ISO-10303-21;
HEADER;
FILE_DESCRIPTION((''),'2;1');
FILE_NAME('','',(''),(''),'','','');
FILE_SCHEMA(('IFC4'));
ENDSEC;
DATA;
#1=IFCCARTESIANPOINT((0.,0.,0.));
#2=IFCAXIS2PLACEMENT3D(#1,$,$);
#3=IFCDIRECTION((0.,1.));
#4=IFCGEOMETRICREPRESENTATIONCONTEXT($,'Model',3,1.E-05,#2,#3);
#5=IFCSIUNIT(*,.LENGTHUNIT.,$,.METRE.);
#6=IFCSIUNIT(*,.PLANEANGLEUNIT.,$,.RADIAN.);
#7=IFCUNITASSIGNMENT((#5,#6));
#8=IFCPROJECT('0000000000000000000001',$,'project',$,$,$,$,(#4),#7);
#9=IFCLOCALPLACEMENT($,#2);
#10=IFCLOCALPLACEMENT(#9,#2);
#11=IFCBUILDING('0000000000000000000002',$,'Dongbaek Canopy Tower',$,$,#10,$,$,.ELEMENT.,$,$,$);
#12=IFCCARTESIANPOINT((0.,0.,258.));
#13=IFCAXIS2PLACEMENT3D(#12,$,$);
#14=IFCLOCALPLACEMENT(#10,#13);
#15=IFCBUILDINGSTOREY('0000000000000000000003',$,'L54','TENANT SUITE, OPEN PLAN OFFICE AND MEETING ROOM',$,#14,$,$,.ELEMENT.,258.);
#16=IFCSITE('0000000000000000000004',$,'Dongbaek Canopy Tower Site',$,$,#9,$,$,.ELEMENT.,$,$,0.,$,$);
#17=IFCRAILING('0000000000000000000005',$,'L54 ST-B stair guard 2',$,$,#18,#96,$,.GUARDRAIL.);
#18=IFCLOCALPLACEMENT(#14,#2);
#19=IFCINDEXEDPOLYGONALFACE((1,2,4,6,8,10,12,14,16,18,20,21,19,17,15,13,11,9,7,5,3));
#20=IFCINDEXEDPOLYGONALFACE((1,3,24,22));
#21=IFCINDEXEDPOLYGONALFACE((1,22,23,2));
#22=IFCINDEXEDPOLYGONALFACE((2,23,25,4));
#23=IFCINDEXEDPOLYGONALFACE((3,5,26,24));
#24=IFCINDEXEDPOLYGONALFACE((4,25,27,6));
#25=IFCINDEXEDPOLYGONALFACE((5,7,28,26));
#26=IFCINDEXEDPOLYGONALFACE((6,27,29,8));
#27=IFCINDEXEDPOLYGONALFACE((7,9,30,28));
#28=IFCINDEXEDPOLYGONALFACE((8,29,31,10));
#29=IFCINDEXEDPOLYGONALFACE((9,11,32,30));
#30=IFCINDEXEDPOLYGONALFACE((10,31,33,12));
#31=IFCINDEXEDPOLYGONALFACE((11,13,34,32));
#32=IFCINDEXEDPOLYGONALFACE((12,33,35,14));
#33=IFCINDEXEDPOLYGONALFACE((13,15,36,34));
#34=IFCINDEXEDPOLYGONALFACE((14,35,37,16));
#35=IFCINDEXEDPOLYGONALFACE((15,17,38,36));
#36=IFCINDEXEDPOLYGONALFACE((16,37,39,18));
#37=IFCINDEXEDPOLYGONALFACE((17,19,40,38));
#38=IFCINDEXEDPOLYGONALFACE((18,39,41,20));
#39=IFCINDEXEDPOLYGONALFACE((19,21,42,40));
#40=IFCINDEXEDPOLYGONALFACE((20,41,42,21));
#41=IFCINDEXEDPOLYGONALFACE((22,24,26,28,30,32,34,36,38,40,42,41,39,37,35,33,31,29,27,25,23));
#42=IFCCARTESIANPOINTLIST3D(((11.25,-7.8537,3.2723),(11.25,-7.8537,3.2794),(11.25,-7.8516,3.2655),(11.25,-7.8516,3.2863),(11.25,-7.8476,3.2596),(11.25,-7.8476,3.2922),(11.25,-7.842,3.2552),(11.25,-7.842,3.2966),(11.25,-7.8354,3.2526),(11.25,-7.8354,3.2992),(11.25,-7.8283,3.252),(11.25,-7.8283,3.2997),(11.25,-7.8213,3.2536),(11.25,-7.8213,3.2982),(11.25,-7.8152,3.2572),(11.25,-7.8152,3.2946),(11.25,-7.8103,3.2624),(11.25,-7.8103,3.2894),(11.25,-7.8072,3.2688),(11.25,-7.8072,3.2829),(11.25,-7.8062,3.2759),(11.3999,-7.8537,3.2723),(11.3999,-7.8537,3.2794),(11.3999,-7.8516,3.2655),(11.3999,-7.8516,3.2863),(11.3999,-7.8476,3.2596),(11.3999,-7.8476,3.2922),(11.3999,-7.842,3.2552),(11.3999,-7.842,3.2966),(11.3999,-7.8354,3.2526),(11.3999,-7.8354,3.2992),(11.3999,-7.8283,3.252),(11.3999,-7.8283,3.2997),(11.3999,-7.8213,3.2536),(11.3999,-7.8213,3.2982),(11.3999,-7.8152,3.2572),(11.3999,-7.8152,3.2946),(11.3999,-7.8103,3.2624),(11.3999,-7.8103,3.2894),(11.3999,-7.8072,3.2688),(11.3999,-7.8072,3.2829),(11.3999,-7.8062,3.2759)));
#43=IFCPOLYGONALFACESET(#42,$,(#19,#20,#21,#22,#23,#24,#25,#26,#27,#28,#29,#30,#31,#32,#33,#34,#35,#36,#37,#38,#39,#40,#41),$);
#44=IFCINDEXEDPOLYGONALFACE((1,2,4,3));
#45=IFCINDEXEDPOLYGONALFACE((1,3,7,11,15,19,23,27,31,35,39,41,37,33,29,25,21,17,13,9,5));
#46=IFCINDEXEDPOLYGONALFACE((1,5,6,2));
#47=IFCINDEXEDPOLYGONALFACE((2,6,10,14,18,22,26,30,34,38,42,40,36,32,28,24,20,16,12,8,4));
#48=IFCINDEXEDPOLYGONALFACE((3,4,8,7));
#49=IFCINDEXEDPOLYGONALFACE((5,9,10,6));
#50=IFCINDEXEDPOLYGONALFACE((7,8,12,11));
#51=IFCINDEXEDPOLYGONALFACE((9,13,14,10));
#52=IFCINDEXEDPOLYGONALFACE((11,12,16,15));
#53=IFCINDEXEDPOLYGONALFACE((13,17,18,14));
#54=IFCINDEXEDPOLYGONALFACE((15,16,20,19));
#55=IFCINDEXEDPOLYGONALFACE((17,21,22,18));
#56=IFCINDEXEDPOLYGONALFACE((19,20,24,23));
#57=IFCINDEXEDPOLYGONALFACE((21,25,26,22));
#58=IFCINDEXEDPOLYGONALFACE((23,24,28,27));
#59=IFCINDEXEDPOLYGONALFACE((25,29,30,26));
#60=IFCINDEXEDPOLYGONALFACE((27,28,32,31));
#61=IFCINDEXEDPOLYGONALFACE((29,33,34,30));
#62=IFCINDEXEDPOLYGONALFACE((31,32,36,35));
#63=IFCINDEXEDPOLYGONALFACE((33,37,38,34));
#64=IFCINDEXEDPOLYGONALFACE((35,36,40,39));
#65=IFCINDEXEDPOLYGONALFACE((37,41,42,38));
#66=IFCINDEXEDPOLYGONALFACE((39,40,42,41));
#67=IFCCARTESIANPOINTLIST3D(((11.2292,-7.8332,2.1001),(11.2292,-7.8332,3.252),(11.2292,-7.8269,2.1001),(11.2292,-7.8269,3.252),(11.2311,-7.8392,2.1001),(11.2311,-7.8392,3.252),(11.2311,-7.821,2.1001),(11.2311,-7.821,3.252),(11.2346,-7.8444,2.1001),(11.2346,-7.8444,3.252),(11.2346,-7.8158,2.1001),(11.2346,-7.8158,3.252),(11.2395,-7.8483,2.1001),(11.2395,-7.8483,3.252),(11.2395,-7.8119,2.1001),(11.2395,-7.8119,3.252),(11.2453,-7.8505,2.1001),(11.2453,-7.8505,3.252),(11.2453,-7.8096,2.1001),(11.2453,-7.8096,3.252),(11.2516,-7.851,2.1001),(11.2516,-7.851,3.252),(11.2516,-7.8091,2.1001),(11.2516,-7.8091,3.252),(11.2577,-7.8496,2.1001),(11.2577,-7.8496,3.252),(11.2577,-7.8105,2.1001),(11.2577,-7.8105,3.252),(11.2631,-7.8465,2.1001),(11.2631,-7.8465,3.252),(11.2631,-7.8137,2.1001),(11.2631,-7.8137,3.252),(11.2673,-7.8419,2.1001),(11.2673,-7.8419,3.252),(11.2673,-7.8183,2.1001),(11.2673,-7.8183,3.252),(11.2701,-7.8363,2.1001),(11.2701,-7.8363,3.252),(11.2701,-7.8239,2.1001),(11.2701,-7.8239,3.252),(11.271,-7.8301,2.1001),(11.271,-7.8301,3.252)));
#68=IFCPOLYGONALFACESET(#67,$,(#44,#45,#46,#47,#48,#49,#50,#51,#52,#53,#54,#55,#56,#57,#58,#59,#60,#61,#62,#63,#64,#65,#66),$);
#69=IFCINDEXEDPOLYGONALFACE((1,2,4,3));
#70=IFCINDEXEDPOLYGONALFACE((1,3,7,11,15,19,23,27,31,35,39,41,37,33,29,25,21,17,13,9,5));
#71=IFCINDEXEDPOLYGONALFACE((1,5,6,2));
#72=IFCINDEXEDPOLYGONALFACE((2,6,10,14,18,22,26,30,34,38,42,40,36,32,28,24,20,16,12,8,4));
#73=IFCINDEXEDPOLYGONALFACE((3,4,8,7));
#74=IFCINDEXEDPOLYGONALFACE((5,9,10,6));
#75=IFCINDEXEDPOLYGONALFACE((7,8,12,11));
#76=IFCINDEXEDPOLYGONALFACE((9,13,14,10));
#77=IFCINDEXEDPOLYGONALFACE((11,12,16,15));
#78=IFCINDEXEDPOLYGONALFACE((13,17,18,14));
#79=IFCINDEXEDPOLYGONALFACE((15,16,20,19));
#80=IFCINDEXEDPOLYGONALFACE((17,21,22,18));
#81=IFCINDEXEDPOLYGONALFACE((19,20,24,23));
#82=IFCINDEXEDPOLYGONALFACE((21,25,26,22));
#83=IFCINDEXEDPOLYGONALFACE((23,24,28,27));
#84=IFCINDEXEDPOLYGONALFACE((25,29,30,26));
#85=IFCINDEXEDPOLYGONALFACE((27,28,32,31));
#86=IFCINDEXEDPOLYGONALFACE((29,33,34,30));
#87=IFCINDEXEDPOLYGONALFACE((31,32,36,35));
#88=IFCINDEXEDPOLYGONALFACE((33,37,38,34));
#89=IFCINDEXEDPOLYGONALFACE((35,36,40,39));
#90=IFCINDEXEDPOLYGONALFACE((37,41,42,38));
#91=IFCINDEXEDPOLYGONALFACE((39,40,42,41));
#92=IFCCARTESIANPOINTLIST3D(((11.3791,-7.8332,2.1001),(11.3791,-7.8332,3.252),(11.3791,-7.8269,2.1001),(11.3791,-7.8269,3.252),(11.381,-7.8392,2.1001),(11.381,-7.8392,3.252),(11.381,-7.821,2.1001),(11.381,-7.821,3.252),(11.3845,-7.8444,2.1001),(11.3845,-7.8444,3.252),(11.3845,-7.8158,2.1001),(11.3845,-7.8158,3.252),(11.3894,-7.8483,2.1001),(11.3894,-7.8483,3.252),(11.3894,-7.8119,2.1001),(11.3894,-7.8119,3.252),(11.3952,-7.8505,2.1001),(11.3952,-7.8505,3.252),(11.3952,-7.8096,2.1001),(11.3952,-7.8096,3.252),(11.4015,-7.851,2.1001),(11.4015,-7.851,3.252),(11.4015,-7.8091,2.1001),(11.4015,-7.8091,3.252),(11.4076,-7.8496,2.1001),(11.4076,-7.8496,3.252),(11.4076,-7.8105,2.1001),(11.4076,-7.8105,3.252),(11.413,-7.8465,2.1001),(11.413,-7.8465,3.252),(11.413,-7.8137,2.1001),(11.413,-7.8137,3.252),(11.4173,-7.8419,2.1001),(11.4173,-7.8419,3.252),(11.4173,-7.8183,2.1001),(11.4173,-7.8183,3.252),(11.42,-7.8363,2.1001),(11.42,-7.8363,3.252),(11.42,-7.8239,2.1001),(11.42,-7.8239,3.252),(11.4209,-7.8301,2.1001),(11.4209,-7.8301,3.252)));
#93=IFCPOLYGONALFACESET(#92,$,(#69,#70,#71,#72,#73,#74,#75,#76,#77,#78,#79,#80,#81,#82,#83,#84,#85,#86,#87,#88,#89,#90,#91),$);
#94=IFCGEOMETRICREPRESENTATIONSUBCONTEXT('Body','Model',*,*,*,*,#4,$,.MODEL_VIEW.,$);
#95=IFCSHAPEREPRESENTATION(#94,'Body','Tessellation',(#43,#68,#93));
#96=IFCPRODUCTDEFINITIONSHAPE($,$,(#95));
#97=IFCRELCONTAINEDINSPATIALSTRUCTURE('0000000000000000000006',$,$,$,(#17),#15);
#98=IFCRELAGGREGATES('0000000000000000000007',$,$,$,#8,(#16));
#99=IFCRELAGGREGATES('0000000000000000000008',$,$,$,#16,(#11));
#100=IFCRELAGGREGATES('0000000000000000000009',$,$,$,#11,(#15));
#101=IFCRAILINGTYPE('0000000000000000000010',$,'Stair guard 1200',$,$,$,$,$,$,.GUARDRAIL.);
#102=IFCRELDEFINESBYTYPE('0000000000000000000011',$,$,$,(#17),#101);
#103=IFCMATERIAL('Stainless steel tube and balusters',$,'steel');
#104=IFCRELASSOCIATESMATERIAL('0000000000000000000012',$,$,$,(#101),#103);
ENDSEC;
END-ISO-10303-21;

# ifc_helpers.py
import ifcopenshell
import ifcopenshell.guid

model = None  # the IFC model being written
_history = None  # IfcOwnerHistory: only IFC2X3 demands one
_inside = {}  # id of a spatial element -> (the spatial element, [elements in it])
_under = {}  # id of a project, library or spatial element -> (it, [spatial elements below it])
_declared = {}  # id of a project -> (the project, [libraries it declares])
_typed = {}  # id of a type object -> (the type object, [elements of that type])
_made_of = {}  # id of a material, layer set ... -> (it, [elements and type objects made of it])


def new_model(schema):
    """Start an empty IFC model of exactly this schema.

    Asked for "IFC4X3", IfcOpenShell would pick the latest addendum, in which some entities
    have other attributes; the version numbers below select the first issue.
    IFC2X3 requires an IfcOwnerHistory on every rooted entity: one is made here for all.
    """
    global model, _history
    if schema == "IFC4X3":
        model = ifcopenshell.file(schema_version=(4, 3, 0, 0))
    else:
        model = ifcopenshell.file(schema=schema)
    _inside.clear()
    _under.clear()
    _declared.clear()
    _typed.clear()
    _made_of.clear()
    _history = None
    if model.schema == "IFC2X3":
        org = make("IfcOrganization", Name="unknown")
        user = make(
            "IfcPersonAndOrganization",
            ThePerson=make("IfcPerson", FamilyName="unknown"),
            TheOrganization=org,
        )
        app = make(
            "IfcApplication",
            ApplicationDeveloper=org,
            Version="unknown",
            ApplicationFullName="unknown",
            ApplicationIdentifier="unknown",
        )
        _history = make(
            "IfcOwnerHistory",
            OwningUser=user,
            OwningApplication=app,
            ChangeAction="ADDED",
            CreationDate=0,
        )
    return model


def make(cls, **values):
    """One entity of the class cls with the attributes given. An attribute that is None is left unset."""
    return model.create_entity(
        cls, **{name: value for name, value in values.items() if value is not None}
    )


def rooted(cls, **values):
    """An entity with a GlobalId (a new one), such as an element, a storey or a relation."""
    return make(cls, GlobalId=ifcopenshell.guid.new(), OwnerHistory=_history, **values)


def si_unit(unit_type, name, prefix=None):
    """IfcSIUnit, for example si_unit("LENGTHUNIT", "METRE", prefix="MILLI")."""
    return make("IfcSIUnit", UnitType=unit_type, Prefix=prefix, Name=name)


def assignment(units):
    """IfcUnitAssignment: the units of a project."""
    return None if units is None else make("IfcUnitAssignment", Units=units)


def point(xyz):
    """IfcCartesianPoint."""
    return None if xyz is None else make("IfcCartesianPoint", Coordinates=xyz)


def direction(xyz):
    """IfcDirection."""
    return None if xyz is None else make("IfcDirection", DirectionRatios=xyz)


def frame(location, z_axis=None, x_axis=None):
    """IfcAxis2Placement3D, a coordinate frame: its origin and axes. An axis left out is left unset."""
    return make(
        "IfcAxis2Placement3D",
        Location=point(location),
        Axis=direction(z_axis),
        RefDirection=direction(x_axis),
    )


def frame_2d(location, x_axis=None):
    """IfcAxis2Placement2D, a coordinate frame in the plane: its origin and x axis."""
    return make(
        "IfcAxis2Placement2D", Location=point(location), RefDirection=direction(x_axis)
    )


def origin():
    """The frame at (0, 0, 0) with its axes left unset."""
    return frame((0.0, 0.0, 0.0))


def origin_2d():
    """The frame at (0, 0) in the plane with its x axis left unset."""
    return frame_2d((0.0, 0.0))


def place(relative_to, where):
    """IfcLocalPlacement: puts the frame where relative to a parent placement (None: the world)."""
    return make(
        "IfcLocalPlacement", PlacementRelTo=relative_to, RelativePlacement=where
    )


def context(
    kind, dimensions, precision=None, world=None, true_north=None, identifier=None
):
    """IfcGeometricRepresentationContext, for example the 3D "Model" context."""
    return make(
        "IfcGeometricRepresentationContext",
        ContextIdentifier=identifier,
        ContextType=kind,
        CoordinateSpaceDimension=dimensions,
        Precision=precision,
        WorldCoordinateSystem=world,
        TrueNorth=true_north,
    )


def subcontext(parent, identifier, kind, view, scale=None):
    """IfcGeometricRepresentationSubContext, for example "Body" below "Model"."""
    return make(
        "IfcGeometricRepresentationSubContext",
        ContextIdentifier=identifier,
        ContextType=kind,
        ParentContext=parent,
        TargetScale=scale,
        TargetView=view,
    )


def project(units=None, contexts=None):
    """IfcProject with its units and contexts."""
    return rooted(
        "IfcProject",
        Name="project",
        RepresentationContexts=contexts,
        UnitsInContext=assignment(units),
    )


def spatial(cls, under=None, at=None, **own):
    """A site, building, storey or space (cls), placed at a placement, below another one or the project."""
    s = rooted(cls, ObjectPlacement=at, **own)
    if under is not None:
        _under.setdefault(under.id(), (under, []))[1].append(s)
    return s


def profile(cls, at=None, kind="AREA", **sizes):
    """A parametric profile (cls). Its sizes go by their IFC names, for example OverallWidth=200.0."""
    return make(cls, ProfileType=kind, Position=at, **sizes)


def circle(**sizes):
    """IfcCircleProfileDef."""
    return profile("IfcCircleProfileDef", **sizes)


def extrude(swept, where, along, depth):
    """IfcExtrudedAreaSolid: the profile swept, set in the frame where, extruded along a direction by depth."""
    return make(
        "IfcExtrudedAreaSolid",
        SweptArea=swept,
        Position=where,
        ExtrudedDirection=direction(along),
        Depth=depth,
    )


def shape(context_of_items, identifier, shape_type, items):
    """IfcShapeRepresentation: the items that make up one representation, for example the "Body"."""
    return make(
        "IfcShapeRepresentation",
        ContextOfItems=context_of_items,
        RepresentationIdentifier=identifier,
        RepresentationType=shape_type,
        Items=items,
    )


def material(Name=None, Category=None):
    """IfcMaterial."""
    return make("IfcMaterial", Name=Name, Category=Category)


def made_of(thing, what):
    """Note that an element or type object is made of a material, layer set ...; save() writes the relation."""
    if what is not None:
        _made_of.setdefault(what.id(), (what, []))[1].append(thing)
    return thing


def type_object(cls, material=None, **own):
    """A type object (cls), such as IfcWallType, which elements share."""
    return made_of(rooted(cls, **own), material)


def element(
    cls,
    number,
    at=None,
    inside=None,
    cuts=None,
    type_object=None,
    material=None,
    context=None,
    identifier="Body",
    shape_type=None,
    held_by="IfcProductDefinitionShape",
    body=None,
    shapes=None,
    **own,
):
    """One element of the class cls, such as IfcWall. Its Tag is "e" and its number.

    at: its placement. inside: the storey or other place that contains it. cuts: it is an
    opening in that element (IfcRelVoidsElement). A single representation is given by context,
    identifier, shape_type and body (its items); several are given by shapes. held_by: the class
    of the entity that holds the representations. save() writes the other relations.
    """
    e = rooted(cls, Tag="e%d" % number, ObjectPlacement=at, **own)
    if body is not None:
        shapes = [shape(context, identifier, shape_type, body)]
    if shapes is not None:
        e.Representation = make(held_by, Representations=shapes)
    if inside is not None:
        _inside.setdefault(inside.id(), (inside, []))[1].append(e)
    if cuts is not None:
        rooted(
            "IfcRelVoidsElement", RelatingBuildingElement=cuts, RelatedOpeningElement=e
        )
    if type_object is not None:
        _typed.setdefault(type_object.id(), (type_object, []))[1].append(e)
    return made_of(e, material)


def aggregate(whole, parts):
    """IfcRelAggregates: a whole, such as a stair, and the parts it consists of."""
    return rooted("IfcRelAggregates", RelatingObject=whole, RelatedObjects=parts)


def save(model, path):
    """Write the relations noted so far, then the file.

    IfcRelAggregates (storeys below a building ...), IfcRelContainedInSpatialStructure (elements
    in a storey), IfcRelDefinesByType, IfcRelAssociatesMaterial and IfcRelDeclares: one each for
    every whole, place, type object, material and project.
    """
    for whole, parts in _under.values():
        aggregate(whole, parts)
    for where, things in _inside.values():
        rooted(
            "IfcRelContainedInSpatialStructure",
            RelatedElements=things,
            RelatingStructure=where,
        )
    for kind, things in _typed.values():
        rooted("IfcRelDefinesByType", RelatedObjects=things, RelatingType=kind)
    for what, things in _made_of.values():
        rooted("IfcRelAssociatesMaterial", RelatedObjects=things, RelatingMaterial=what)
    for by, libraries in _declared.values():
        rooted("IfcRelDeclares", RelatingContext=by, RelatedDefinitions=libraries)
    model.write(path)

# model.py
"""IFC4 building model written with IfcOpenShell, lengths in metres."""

from ifc_helpers import new_model, si_unit, direction, frame, origin, origin_2d, place, context, subcontext, project, spatial, circle, extrude, material, type_object, element, save


model = new_model("IFC4")

# Units and contexts
model_context = context("Model", 3, precision=1e-05, world=origin(), true_north=direction((0.0, 1.0)))
body_context = subcontext(model_context, "Body", "Model", "MODEL_VIEW")
ifc_project = project(units=[si_unit("LENGTHUNIT", "METRE"), si_unit("PLANEANGLEUNIT", "RADIAN")], contexts=[model_context])

# Site, building, storey
site_placement = place(None, origin())
site = spatial("IfcSite", under=ifc_project, at=site_placement, Name="Dongbaek Canopy Tower Site", CompositionType="ELEMENT", RefElevation=0.0)
building_placement = place(site_placement, origin())
building = spatial("IfcBuilding", under=site, at=building_placement, Name="Dongbaek Canopy Tower", CompositionType="ELEMENT")
storey_placement = place(building_placement, frame((0.0, 0.0, 258.0)))
storey = spatial("IfcBuildingStorey", under=building, at=storey_placement, Name="L54", Description="TENANT SUITE, OPEN PLAN OFFICE AND MEETING ROOM", CompositionType="ELEMENT", Elevation=258.0)

# Railing
ifc_material_1 = material(Name="Stainless steel tube and balusters", Category="steel")
railing_type_1 = type_object("IfcRailingType", Name="Stair guard 1200", PredefinedType="GUARDRAIL", material=ifc_material_1)
railing_1_placement = place(storey_placement, frame((11.25, -7.8301, 2.1001)))
element("IfcRailing", 1, at=railing_1_placement, inside=storey, type_object=railing_type_1, Name="L54 ST-B stair guard 2", PredefinedType="GUARDRAIL", context=body_context, shape_type="SweptSolid", body=[
    extrude(circle(Radius=0.0239, at=origin_2d()), frame((0.0, 0.0, 1.1758), z_axis=(1.0, 0.0, 0.0), x_axis=(0.0, 1.0, 0.0)), (0.0, 0.0, 1.0), 0.1499),
    extrude(circle(Radius=0.021, at=origin_2d()), origin(), (0.0, 0.0, 1.0), 1.1519),
    extrude(circle(Radius=0.021, at=origin_2d()), frame((0.1499, 0.0, 0.0)), (0.0, 0.0, 1.0), 1.1519),
])

save(model, "model.ifc")
